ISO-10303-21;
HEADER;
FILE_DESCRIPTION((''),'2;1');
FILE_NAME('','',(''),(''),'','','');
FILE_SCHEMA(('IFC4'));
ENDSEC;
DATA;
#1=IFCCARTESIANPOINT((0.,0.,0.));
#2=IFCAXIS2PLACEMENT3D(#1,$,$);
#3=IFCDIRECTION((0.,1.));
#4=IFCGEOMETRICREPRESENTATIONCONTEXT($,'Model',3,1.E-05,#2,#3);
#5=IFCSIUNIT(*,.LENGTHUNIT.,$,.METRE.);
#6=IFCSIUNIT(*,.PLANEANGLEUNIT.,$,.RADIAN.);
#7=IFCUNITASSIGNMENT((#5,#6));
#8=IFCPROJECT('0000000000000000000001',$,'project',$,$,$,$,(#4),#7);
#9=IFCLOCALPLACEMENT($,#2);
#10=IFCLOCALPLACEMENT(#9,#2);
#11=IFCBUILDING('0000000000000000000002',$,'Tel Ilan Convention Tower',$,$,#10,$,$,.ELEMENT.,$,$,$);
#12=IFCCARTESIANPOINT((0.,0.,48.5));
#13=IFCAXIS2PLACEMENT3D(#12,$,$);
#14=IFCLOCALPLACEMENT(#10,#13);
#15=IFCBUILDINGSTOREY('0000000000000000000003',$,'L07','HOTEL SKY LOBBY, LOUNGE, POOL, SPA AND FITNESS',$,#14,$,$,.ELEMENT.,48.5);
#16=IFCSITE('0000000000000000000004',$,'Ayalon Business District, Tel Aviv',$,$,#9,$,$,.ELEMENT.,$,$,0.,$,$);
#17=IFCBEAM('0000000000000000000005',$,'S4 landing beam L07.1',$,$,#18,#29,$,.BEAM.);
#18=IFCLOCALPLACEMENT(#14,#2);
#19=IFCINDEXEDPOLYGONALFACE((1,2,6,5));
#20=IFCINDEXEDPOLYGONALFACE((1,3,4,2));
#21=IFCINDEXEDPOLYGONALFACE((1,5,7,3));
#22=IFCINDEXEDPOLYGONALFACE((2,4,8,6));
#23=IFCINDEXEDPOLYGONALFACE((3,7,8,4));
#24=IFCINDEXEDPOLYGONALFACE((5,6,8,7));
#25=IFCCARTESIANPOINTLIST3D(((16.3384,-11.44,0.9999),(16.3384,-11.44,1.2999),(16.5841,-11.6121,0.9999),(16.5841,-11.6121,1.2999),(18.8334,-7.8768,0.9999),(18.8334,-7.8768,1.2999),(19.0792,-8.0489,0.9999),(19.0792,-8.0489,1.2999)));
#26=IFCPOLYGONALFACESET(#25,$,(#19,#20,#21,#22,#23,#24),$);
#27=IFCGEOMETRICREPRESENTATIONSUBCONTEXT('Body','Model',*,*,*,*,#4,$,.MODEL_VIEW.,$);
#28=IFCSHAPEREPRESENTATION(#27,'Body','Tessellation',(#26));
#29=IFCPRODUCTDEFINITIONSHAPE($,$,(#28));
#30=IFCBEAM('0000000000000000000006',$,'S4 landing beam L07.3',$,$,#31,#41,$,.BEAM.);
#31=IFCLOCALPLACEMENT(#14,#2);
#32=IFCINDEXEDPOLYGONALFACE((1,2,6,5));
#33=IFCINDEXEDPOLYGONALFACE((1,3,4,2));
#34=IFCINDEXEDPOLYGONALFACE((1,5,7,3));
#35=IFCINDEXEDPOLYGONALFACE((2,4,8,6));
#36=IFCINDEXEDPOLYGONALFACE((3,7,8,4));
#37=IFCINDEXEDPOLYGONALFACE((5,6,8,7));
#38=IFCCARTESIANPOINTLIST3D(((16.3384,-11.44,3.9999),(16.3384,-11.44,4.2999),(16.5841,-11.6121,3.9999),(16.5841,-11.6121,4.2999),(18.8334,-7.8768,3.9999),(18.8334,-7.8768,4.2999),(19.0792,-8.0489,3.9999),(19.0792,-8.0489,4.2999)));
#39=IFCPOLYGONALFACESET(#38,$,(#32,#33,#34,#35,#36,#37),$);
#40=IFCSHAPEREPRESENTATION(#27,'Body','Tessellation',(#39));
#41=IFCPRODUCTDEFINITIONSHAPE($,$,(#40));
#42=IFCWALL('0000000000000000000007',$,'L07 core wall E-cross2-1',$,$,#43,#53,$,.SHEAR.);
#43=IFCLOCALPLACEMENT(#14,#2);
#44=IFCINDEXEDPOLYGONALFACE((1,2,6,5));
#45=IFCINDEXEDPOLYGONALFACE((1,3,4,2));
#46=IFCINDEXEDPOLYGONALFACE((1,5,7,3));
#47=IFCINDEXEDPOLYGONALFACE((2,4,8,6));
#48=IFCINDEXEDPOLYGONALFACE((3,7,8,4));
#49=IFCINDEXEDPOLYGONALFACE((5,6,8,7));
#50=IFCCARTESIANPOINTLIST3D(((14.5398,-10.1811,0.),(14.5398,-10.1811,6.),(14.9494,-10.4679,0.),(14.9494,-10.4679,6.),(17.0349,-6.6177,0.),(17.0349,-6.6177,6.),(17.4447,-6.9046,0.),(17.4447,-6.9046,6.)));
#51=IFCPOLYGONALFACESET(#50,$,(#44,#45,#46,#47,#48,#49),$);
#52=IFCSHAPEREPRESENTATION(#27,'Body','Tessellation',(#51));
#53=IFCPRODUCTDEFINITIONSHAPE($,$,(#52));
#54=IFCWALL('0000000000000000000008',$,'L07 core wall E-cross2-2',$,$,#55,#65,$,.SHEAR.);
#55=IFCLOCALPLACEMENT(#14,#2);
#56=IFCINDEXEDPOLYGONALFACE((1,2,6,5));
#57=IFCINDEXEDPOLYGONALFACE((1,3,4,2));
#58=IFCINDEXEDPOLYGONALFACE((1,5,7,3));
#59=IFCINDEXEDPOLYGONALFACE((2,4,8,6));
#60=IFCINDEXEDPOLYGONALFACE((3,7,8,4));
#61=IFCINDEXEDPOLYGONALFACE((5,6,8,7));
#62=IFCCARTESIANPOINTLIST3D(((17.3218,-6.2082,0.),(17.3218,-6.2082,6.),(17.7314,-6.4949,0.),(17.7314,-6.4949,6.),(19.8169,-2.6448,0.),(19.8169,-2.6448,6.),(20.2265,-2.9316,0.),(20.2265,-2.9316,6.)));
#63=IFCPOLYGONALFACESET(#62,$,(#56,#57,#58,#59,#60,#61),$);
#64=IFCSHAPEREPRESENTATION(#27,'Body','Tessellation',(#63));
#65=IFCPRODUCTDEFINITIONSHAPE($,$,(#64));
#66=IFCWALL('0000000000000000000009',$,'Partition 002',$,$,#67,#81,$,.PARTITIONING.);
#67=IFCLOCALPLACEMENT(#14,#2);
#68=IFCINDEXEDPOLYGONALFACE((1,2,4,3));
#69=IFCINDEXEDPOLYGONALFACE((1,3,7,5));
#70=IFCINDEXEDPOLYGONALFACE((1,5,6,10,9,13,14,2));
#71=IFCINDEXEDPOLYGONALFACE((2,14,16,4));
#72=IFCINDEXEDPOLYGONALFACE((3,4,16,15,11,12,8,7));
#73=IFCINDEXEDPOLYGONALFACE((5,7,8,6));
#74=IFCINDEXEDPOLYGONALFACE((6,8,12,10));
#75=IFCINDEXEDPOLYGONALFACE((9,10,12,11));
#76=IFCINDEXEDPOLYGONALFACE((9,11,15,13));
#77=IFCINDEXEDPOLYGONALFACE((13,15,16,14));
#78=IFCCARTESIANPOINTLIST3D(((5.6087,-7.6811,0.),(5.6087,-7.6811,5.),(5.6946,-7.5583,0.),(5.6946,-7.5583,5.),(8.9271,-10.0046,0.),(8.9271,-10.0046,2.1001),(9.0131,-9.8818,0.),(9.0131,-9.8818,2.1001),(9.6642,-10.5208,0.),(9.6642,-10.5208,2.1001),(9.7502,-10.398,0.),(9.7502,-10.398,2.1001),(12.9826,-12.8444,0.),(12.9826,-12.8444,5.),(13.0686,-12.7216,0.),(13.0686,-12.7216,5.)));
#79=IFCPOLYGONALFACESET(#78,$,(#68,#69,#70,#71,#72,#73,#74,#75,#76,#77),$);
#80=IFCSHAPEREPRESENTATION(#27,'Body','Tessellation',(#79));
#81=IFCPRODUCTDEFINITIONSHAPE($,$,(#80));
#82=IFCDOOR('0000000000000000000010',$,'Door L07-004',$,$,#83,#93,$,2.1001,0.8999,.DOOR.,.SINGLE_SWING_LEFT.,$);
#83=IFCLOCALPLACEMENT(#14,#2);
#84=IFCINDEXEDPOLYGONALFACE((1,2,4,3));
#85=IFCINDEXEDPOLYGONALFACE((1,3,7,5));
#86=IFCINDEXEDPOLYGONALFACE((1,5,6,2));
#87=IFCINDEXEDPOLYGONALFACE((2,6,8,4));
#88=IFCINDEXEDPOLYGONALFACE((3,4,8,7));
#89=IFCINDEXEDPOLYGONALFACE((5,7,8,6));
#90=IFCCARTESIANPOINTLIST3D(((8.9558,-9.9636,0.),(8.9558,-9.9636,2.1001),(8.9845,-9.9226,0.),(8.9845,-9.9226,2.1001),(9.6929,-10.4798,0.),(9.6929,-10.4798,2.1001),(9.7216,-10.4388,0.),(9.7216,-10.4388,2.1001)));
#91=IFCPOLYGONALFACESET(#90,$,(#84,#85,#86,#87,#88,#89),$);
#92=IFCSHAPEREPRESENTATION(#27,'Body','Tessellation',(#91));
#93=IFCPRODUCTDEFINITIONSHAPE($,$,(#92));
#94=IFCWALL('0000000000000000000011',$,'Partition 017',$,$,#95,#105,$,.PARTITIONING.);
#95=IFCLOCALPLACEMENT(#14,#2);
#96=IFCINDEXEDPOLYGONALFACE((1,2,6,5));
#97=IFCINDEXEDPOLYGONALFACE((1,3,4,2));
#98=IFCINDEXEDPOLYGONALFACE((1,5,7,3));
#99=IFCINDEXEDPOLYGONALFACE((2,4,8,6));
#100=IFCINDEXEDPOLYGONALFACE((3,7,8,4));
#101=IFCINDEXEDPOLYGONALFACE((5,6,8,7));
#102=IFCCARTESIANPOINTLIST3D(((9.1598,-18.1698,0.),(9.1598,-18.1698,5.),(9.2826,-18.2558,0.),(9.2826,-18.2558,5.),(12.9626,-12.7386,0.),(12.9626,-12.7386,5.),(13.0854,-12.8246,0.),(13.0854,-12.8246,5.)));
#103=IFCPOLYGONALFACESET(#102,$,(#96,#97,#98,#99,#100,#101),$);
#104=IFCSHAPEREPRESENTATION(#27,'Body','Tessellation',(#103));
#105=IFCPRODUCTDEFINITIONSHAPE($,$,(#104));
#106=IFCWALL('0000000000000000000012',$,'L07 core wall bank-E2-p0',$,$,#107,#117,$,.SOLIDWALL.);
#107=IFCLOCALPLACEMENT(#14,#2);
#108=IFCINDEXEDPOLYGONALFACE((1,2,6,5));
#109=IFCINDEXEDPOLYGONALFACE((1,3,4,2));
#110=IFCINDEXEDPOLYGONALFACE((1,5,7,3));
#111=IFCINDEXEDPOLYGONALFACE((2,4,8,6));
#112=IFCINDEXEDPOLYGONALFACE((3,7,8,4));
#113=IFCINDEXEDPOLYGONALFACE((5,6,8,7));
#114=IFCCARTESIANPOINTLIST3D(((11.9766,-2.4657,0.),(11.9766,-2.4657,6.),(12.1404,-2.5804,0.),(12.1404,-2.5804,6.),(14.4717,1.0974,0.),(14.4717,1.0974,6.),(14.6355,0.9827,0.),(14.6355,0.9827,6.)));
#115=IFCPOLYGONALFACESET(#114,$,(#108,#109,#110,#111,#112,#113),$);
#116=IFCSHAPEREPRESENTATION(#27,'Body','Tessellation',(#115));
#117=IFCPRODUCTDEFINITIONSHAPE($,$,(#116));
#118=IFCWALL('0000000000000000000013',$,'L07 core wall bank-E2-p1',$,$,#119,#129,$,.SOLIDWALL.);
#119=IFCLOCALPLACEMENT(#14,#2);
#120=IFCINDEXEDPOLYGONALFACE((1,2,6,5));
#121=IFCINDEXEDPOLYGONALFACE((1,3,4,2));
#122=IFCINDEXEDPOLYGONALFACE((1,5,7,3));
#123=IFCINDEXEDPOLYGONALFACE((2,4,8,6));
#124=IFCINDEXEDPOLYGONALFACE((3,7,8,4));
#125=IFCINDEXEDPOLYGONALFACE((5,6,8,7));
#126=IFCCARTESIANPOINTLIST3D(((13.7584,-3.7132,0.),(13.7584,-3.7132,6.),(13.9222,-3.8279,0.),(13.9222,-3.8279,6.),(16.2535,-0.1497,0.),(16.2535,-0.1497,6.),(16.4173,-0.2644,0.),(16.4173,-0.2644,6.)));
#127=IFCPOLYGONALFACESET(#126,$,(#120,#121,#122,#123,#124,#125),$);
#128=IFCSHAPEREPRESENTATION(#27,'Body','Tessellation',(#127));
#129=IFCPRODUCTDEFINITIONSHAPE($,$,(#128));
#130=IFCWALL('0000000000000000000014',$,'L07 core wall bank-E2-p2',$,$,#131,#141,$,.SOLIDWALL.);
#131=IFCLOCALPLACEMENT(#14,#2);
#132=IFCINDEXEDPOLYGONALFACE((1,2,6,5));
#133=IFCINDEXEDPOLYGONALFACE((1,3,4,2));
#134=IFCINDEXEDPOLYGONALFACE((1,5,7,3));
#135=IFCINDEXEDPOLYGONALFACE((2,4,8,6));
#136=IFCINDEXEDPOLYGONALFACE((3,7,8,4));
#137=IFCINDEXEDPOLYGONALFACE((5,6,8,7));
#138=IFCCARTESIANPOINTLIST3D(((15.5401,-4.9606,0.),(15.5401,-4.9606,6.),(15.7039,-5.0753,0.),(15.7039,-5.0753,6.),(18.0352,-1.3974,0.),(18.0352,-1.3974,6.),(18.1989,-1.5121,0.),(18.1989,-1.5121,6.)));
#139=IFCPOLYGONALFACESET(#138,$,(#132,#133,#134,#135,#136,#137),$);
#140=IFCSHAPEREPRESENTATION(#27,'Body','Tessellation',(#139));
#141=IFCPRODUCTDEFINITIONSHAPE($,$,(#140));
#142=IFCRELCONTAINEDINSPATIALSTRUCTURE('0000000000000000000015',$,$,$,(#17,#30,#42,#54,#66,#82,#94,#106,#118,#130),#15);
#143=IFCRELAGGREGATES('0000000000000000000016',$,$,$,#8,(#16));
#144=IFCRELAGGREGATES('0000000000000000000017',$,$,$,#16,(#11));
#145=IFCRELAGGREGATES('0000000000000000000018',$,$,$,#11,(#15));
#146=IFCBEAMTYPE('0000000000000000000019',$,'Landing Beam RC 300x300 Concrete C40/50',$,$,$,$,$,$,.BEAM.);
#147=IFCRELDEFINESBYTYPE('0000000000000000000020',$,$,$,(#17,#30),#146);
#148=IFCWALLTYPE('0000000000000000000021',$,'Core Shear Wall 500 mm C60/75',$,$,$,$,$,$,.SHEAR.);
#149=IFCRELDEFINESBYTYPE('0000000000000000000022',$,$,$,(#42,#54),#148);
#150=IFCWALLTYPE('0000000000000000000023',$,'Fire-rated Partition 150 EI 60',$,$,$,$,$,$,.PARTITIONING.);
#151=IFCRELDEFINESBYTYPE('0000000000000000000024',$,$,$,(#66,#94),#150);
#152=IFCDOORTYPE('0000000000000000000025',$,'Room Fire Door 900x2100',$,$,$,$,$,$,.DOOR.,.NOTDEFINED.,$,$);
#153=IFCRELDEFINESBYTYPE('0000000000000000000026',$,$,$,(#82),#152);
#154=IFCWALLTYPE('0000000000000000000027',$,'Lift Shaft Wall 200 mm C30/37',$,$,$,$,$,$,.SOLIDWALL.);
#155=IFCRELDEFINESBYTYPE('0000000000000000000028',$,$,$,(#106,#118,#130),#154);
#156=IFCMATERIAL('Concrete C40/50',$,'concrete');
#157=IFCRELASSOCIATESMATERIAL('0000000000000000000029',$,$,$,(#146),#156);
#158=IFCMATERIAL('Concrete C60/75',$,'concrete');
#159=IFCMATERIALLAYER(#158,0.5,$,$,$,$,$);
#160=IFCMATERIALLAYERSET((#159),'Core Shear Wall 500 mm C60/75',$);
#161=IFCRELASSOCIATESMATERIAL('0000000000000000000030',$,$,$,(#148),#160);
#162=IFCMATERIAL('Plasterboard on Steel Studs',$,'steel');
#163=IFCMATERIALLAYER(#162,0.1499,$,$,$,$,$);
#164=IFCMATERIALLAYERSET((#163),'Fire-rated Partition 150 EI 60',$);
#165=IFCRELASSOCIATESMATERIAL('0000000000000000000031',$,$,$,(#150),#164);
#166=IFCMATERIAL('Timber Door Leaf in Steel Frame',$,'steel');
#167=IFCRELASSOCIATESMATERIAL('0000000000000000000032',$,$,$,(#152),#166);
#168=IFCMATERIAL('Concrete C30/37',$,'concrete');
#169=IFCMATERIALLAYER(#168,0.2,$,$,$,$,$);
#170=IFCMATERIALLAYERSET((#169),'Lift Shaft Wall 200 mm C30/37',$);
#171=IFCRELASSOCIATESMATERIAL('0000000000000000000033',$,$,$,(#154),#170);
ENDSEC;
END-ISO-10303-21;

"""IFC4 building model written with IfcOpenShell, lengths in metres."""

from ifc_helpers import new_model, si_unit, direction, frame, frame_2d, origin, origin_2d, place, context, subcontext, project, spatial, polyline, rectangle, outline, extrude, material, layer, layer_set, material_profile, profile_set, type_object, element, fill, save


model = new_model("IFC4")

# Units and contexts
model_context = context("Model", 3, precision=1e-05, world=origin(), true_north=direction((0.0, 1.0)))
body_context = subcontext(model_context, "Body", "Model", "MODEL_VIEW")
ifc_project = project(units=[si_unit("LENGTHUNIT", "METRE"), si_unit("PLANEANGLEUNIT", "RADIAN")], contexts=[model_context])

# Site, building, storey
site_placement = place(None, origin())
site = spatial("IfcSite", under=ifc_project, at=site_placement, Name="Ayalon Business District, Tel Aviv", CompositionType="ELEMENT", RefElevation=0.0)
building_placement = place(site_placement, origin())
building = spatial("IfcBuilding", under=site, at=building_placement, Name="Tel Ilan Convention Tower", CompositionType="ELEMENT")
storey_placement = place(building_placement, frame((0.0, 0.0, 48.5)))
storey = spatial("IfcBuildingStorey", under=building, at=storey_placement, Name="L07", Description="HOTEL SKY LOBBY, LOUNGE, POOL, SPA AND FITNESS", CompositionType="ELEMENT", Elevation=48.5)

# Beams
ifc_material_1 = material(Name="Concrete C40/50", Category="concrete")
ifc_material_profile = material_profile(ifc_material_1, rectangle(XDim=0.3, YDim=0.3, at=origin_2d()), Name="RC 300x300")
ifc_profile_set = profile_set([ifc_material_profile], Name="Concrete C40/50")
beam_type = type_object("IfcBeamType", Name="Landing Beam RC 300x300 Concrete C40/50", PredefinedType="BEAM", material=ifc_profile_set)
for number, where, z_axis, x_axis, name in (
    (1, (18.9563, -7.9629, 1.1499), (-0.573594, -0.81914, 0.0), (0.81914, -0.573594, 0.0), "S4 landing beam L07.1"),
    (2, (18.9563, -7.9629, 4.1499), (-0.573594, -0.81914, 0.0), (0.81914, -0.573594, 0.0), "S4 landing beam L07.3"),
):
    element("IfcBeam", number, at=place(storey_placement, frame(where, z_axis=z_axis, x_axis=x_axis)), inside=storey, type_object=beam_type, Name=name, PredefinedType="BEAM", context=body_context, shape_type="SweptSolid", body=[
        extrude(rectangle(XDim=0.3, YDim=0.3, at=origin_2d()), origin(), (0.0, 0.0, 1.0), 4.3499),
    ])

# Walls
ifc_material_2 = material(Name="Concrete C60/75", Category="concrete")
ifc_layer_1 = layer(ifc_material_2, 0.5)
ifc_layer_set_1 = layer_set([ifc_layer_1], Name="Core Shear Wall 500 mm C60/75")
wall_type_1 = type_object("IfcWallType", Name="Core Shear Wall 500 mm C60/75", PredefinedType="SHEAR", material=ifc_layer_set_1)
wall_1_placement = place(storey_placement, frame((14.7446, -10.3245, 0.0), z_axis=(0.0, 0.0, 1.0), x_axis=(0.573568, 0.819158, 0.0)))
element("IfcWall", 3, at=wall_1_placement, inside=storey, type_object=wall_type_1, Name="L07 core wall E-cross2-1", PredefinedType="SHEAR", context=body_context, shape_type="SweptSolid", body=[
    extrude(outline(polyline([(0.0, 0.25), (0.0, -0.25), (4.3501, -0.2502), (4.3501, 0.25), (0.0, 0.25)])), origin(), (0.0, 0.0, 1.0), 6.0),
])
wall_2_placement = place(storey_placement, frame((17.5266, -6.3516, 0.0), z_axis=(0.0, 0.0, 1.0), x_axis=(0.57353, 0.819184, 0.0)))
element("IfcWall", 4, at=wall_2_placement, inside=storey, type_object=wall_type_1, Name="L07 core wall E-cross2-2", PredefinedType="SHEAR", context=body_context, shape_type="SweptSolid", body=[
    extrude(outline(polyline([(4.3501, -0.2502), (4.3501, 0.2498), (0.0, 0.25), (0.0, -0.25), (4.3501, -0.2502)])), origin(), (0.0, 0.0, 1.0), 6.0),
])

# Wall, opening, door
ifc_material_3 = material(Name="Plasterboard on Steel Studs", Category="steel")
ifc_layer_2 = layer(ifc_material_3, 0.1499)
ifc_layer_set_2 = layer_set([ifc_layer_2], Name="Fire-rated Partition 150 EI 60")
wall_type_2 = type_object("IfcWallType", Name="Fire-rated Partition 150 EI 60", PredefinedType="PARTITIONING", material=ifc_layer_set_2)
wall_3_placement = place(storey_placement, frame((13.0256, -12.783, 0.0), z_axis=(0.0, 0.0, 1.0), x_axis=(-0.819153, 0.573575, 0.0)))
wall_3 = element("IfcWall", 5, at=wall_3_placement, inside=storey, type_object=wall_type_2, Name="Partition 002", PredefinedType="PARTITIONING", context=body_context, shape_type="SweptSolid", body=[
    extrude(rectangle(XDim=9.002, YDim=0.1499, at=frame_2d((4.501, 0.0))), origin(), (0.0, 0.0, 1.0), 5.0),
])
opening_placement = place(wall_3_placement, frame((4.051, 0.0, 0.0)))
opening = element("IfcOpeningElement", 6, at=opening_placement, cuts=wall_3, PredefinedType="OPENING", context=body_context, shape_type="SweptSolid", body=[
    extrude(rectangle(XDim=0.8999, YDim=2.1001, at=frame_2d((0.45, 1.05))), frame((0.0, 0.085, 0.0), z_axis=(0.0, -1.0, 0.0), x_axis=(1.0, 0.0, 0.0)), (0.0, 0.0, 1.0), 0.1699),
])
ifc_material_4 = material(Name="Timber Door Leaf in Steel Frame", Category="steel")
door_type = type_object("IfcDoorType", Name="Room Fire Door 900x2100", OperationType="NOTDEFINED", PredefinedType="DOOR", material=ifc_material_4)
door_placement = place(opening_placement, origin())
door = element("IfcDoor", 7, at=door_placement, inside=storey, type_object=door_type, Name="Door L07-004", OperationType="SINGLE_SWING_LEFT", OverallHeight=2.1001, OverallWidth=0.8999, PredefinedType="DOOR", context=body_context, shape_type="SweptSolid", body=[
    extrude(rectangle(XDim=0.8999, YDim=2.1001, at=frame_2d((0.45, 1.05))), frame((0.0, 0.0249, 0.0), z_axis=(0.0, -1.0, 0.0), x_axis=(1.0, 0.0, 0.0)), (0.0, 0.0, 1.0), 0.05),
])
fill(opening, door)

# Walls
wall_4_placement = place(storey_placement, frame((13.0239, -12.7817, 0.0), z_axis=(0.0, 0.0, 1.0), x_axis=(-0.573556, -0.819166, 0.0)))
element("IfcWall", 8, at=wall_4_placement, inside=storey, type_object=wall_type_2, Name="Partition 017", PredefinedType="PARTITIONING", context=body_context, shape_type="SweptSolid", body=[
    extrude(rectangle(XDim=6.6301, YDim=0.1499, at=frame_2d((3.3149, 0.0))), origin(), (0.0, 0.0, 1.0), 5.0),
])
ifc_material_5 = material(Name="Concrete C30/37", Category="concrete")
ifc_layer_3 = layer(ifc_material_5, 0.2)
ifc_layer_set_3 = layer_set([ifc_layer_3], Name="Lift Shaft Wall 200 mm C30/37")
wall_type_3 = type_object("IfcWallType", Name="Lift Shaft Wall 200 mm C30/37", PredefinedType="SOLIDWALL", material=ifc_layer_set_3)
wall_5_placement = place(storey_placement, frame((12.0586, -2.5229, 0.0), z_axis=(0.0, 0.0, 1.0), x_axis=(0.573594, 0.81914, 0.0)))
element("IfcWall", 9, at=wall_5_placement, inside=storey, type_object=wall_type_3, Name="L07 core wall bank-E2-p0", PredefinedType="SOLIDWALL", context=body_context, shape_type="SweptSolid", body=[
    extrude(rectangle(XDim=4.3499, YDim=0.2, at=frame_2d((2.1748, 0.0))), origin(), (0.0, 0.0, 1.0), 6.0),
])
wall_6_placement = place(storey_placement, frame((13.8403, -3.7705, 0.0), z_axis=(0.0, 0.0, 1.0), x_axis=(0.573568, 0.819158, 0.0)))
element("IfcWall", 10, at=wall_6_placement, inside=storey, type_object=wall_type_3, Name="L07 core wall bank-E2-p1", PredefinedType="SOLIDWALL", context=body_context, shape_type="SweptSolid", body=[
    extrude(rectangle(XDim=4.3501, YDim=0.2, at=frame_2d((2.175, 0.0))), origin(), (0.0, 0.0, 1.0), 6.0),
])
wall_7_placement = place(storey_placement, frame((15.6221, -5.0178, 0.0), z_axis=(0.0, 0.0, 1.0), x_axis=(0.573594, 0.81914, 0.0)))
element("IfcWall", 11, at=wall_7_placement, inside=storey, type_object=wall_type_3, Name="L07 core wall bank-E2-p2", PredefinedType="SOLIDWALL", context=body_context, shape_type="SweptSolid", body=[
    extrude(rectangle(XDim=4.3499, YDim=0.2, at=frame_2d((2.1748, 0.0))), origin(), (0.0, 0.0, 1.0), 6.0),
])

save(model, "model.ifc")
